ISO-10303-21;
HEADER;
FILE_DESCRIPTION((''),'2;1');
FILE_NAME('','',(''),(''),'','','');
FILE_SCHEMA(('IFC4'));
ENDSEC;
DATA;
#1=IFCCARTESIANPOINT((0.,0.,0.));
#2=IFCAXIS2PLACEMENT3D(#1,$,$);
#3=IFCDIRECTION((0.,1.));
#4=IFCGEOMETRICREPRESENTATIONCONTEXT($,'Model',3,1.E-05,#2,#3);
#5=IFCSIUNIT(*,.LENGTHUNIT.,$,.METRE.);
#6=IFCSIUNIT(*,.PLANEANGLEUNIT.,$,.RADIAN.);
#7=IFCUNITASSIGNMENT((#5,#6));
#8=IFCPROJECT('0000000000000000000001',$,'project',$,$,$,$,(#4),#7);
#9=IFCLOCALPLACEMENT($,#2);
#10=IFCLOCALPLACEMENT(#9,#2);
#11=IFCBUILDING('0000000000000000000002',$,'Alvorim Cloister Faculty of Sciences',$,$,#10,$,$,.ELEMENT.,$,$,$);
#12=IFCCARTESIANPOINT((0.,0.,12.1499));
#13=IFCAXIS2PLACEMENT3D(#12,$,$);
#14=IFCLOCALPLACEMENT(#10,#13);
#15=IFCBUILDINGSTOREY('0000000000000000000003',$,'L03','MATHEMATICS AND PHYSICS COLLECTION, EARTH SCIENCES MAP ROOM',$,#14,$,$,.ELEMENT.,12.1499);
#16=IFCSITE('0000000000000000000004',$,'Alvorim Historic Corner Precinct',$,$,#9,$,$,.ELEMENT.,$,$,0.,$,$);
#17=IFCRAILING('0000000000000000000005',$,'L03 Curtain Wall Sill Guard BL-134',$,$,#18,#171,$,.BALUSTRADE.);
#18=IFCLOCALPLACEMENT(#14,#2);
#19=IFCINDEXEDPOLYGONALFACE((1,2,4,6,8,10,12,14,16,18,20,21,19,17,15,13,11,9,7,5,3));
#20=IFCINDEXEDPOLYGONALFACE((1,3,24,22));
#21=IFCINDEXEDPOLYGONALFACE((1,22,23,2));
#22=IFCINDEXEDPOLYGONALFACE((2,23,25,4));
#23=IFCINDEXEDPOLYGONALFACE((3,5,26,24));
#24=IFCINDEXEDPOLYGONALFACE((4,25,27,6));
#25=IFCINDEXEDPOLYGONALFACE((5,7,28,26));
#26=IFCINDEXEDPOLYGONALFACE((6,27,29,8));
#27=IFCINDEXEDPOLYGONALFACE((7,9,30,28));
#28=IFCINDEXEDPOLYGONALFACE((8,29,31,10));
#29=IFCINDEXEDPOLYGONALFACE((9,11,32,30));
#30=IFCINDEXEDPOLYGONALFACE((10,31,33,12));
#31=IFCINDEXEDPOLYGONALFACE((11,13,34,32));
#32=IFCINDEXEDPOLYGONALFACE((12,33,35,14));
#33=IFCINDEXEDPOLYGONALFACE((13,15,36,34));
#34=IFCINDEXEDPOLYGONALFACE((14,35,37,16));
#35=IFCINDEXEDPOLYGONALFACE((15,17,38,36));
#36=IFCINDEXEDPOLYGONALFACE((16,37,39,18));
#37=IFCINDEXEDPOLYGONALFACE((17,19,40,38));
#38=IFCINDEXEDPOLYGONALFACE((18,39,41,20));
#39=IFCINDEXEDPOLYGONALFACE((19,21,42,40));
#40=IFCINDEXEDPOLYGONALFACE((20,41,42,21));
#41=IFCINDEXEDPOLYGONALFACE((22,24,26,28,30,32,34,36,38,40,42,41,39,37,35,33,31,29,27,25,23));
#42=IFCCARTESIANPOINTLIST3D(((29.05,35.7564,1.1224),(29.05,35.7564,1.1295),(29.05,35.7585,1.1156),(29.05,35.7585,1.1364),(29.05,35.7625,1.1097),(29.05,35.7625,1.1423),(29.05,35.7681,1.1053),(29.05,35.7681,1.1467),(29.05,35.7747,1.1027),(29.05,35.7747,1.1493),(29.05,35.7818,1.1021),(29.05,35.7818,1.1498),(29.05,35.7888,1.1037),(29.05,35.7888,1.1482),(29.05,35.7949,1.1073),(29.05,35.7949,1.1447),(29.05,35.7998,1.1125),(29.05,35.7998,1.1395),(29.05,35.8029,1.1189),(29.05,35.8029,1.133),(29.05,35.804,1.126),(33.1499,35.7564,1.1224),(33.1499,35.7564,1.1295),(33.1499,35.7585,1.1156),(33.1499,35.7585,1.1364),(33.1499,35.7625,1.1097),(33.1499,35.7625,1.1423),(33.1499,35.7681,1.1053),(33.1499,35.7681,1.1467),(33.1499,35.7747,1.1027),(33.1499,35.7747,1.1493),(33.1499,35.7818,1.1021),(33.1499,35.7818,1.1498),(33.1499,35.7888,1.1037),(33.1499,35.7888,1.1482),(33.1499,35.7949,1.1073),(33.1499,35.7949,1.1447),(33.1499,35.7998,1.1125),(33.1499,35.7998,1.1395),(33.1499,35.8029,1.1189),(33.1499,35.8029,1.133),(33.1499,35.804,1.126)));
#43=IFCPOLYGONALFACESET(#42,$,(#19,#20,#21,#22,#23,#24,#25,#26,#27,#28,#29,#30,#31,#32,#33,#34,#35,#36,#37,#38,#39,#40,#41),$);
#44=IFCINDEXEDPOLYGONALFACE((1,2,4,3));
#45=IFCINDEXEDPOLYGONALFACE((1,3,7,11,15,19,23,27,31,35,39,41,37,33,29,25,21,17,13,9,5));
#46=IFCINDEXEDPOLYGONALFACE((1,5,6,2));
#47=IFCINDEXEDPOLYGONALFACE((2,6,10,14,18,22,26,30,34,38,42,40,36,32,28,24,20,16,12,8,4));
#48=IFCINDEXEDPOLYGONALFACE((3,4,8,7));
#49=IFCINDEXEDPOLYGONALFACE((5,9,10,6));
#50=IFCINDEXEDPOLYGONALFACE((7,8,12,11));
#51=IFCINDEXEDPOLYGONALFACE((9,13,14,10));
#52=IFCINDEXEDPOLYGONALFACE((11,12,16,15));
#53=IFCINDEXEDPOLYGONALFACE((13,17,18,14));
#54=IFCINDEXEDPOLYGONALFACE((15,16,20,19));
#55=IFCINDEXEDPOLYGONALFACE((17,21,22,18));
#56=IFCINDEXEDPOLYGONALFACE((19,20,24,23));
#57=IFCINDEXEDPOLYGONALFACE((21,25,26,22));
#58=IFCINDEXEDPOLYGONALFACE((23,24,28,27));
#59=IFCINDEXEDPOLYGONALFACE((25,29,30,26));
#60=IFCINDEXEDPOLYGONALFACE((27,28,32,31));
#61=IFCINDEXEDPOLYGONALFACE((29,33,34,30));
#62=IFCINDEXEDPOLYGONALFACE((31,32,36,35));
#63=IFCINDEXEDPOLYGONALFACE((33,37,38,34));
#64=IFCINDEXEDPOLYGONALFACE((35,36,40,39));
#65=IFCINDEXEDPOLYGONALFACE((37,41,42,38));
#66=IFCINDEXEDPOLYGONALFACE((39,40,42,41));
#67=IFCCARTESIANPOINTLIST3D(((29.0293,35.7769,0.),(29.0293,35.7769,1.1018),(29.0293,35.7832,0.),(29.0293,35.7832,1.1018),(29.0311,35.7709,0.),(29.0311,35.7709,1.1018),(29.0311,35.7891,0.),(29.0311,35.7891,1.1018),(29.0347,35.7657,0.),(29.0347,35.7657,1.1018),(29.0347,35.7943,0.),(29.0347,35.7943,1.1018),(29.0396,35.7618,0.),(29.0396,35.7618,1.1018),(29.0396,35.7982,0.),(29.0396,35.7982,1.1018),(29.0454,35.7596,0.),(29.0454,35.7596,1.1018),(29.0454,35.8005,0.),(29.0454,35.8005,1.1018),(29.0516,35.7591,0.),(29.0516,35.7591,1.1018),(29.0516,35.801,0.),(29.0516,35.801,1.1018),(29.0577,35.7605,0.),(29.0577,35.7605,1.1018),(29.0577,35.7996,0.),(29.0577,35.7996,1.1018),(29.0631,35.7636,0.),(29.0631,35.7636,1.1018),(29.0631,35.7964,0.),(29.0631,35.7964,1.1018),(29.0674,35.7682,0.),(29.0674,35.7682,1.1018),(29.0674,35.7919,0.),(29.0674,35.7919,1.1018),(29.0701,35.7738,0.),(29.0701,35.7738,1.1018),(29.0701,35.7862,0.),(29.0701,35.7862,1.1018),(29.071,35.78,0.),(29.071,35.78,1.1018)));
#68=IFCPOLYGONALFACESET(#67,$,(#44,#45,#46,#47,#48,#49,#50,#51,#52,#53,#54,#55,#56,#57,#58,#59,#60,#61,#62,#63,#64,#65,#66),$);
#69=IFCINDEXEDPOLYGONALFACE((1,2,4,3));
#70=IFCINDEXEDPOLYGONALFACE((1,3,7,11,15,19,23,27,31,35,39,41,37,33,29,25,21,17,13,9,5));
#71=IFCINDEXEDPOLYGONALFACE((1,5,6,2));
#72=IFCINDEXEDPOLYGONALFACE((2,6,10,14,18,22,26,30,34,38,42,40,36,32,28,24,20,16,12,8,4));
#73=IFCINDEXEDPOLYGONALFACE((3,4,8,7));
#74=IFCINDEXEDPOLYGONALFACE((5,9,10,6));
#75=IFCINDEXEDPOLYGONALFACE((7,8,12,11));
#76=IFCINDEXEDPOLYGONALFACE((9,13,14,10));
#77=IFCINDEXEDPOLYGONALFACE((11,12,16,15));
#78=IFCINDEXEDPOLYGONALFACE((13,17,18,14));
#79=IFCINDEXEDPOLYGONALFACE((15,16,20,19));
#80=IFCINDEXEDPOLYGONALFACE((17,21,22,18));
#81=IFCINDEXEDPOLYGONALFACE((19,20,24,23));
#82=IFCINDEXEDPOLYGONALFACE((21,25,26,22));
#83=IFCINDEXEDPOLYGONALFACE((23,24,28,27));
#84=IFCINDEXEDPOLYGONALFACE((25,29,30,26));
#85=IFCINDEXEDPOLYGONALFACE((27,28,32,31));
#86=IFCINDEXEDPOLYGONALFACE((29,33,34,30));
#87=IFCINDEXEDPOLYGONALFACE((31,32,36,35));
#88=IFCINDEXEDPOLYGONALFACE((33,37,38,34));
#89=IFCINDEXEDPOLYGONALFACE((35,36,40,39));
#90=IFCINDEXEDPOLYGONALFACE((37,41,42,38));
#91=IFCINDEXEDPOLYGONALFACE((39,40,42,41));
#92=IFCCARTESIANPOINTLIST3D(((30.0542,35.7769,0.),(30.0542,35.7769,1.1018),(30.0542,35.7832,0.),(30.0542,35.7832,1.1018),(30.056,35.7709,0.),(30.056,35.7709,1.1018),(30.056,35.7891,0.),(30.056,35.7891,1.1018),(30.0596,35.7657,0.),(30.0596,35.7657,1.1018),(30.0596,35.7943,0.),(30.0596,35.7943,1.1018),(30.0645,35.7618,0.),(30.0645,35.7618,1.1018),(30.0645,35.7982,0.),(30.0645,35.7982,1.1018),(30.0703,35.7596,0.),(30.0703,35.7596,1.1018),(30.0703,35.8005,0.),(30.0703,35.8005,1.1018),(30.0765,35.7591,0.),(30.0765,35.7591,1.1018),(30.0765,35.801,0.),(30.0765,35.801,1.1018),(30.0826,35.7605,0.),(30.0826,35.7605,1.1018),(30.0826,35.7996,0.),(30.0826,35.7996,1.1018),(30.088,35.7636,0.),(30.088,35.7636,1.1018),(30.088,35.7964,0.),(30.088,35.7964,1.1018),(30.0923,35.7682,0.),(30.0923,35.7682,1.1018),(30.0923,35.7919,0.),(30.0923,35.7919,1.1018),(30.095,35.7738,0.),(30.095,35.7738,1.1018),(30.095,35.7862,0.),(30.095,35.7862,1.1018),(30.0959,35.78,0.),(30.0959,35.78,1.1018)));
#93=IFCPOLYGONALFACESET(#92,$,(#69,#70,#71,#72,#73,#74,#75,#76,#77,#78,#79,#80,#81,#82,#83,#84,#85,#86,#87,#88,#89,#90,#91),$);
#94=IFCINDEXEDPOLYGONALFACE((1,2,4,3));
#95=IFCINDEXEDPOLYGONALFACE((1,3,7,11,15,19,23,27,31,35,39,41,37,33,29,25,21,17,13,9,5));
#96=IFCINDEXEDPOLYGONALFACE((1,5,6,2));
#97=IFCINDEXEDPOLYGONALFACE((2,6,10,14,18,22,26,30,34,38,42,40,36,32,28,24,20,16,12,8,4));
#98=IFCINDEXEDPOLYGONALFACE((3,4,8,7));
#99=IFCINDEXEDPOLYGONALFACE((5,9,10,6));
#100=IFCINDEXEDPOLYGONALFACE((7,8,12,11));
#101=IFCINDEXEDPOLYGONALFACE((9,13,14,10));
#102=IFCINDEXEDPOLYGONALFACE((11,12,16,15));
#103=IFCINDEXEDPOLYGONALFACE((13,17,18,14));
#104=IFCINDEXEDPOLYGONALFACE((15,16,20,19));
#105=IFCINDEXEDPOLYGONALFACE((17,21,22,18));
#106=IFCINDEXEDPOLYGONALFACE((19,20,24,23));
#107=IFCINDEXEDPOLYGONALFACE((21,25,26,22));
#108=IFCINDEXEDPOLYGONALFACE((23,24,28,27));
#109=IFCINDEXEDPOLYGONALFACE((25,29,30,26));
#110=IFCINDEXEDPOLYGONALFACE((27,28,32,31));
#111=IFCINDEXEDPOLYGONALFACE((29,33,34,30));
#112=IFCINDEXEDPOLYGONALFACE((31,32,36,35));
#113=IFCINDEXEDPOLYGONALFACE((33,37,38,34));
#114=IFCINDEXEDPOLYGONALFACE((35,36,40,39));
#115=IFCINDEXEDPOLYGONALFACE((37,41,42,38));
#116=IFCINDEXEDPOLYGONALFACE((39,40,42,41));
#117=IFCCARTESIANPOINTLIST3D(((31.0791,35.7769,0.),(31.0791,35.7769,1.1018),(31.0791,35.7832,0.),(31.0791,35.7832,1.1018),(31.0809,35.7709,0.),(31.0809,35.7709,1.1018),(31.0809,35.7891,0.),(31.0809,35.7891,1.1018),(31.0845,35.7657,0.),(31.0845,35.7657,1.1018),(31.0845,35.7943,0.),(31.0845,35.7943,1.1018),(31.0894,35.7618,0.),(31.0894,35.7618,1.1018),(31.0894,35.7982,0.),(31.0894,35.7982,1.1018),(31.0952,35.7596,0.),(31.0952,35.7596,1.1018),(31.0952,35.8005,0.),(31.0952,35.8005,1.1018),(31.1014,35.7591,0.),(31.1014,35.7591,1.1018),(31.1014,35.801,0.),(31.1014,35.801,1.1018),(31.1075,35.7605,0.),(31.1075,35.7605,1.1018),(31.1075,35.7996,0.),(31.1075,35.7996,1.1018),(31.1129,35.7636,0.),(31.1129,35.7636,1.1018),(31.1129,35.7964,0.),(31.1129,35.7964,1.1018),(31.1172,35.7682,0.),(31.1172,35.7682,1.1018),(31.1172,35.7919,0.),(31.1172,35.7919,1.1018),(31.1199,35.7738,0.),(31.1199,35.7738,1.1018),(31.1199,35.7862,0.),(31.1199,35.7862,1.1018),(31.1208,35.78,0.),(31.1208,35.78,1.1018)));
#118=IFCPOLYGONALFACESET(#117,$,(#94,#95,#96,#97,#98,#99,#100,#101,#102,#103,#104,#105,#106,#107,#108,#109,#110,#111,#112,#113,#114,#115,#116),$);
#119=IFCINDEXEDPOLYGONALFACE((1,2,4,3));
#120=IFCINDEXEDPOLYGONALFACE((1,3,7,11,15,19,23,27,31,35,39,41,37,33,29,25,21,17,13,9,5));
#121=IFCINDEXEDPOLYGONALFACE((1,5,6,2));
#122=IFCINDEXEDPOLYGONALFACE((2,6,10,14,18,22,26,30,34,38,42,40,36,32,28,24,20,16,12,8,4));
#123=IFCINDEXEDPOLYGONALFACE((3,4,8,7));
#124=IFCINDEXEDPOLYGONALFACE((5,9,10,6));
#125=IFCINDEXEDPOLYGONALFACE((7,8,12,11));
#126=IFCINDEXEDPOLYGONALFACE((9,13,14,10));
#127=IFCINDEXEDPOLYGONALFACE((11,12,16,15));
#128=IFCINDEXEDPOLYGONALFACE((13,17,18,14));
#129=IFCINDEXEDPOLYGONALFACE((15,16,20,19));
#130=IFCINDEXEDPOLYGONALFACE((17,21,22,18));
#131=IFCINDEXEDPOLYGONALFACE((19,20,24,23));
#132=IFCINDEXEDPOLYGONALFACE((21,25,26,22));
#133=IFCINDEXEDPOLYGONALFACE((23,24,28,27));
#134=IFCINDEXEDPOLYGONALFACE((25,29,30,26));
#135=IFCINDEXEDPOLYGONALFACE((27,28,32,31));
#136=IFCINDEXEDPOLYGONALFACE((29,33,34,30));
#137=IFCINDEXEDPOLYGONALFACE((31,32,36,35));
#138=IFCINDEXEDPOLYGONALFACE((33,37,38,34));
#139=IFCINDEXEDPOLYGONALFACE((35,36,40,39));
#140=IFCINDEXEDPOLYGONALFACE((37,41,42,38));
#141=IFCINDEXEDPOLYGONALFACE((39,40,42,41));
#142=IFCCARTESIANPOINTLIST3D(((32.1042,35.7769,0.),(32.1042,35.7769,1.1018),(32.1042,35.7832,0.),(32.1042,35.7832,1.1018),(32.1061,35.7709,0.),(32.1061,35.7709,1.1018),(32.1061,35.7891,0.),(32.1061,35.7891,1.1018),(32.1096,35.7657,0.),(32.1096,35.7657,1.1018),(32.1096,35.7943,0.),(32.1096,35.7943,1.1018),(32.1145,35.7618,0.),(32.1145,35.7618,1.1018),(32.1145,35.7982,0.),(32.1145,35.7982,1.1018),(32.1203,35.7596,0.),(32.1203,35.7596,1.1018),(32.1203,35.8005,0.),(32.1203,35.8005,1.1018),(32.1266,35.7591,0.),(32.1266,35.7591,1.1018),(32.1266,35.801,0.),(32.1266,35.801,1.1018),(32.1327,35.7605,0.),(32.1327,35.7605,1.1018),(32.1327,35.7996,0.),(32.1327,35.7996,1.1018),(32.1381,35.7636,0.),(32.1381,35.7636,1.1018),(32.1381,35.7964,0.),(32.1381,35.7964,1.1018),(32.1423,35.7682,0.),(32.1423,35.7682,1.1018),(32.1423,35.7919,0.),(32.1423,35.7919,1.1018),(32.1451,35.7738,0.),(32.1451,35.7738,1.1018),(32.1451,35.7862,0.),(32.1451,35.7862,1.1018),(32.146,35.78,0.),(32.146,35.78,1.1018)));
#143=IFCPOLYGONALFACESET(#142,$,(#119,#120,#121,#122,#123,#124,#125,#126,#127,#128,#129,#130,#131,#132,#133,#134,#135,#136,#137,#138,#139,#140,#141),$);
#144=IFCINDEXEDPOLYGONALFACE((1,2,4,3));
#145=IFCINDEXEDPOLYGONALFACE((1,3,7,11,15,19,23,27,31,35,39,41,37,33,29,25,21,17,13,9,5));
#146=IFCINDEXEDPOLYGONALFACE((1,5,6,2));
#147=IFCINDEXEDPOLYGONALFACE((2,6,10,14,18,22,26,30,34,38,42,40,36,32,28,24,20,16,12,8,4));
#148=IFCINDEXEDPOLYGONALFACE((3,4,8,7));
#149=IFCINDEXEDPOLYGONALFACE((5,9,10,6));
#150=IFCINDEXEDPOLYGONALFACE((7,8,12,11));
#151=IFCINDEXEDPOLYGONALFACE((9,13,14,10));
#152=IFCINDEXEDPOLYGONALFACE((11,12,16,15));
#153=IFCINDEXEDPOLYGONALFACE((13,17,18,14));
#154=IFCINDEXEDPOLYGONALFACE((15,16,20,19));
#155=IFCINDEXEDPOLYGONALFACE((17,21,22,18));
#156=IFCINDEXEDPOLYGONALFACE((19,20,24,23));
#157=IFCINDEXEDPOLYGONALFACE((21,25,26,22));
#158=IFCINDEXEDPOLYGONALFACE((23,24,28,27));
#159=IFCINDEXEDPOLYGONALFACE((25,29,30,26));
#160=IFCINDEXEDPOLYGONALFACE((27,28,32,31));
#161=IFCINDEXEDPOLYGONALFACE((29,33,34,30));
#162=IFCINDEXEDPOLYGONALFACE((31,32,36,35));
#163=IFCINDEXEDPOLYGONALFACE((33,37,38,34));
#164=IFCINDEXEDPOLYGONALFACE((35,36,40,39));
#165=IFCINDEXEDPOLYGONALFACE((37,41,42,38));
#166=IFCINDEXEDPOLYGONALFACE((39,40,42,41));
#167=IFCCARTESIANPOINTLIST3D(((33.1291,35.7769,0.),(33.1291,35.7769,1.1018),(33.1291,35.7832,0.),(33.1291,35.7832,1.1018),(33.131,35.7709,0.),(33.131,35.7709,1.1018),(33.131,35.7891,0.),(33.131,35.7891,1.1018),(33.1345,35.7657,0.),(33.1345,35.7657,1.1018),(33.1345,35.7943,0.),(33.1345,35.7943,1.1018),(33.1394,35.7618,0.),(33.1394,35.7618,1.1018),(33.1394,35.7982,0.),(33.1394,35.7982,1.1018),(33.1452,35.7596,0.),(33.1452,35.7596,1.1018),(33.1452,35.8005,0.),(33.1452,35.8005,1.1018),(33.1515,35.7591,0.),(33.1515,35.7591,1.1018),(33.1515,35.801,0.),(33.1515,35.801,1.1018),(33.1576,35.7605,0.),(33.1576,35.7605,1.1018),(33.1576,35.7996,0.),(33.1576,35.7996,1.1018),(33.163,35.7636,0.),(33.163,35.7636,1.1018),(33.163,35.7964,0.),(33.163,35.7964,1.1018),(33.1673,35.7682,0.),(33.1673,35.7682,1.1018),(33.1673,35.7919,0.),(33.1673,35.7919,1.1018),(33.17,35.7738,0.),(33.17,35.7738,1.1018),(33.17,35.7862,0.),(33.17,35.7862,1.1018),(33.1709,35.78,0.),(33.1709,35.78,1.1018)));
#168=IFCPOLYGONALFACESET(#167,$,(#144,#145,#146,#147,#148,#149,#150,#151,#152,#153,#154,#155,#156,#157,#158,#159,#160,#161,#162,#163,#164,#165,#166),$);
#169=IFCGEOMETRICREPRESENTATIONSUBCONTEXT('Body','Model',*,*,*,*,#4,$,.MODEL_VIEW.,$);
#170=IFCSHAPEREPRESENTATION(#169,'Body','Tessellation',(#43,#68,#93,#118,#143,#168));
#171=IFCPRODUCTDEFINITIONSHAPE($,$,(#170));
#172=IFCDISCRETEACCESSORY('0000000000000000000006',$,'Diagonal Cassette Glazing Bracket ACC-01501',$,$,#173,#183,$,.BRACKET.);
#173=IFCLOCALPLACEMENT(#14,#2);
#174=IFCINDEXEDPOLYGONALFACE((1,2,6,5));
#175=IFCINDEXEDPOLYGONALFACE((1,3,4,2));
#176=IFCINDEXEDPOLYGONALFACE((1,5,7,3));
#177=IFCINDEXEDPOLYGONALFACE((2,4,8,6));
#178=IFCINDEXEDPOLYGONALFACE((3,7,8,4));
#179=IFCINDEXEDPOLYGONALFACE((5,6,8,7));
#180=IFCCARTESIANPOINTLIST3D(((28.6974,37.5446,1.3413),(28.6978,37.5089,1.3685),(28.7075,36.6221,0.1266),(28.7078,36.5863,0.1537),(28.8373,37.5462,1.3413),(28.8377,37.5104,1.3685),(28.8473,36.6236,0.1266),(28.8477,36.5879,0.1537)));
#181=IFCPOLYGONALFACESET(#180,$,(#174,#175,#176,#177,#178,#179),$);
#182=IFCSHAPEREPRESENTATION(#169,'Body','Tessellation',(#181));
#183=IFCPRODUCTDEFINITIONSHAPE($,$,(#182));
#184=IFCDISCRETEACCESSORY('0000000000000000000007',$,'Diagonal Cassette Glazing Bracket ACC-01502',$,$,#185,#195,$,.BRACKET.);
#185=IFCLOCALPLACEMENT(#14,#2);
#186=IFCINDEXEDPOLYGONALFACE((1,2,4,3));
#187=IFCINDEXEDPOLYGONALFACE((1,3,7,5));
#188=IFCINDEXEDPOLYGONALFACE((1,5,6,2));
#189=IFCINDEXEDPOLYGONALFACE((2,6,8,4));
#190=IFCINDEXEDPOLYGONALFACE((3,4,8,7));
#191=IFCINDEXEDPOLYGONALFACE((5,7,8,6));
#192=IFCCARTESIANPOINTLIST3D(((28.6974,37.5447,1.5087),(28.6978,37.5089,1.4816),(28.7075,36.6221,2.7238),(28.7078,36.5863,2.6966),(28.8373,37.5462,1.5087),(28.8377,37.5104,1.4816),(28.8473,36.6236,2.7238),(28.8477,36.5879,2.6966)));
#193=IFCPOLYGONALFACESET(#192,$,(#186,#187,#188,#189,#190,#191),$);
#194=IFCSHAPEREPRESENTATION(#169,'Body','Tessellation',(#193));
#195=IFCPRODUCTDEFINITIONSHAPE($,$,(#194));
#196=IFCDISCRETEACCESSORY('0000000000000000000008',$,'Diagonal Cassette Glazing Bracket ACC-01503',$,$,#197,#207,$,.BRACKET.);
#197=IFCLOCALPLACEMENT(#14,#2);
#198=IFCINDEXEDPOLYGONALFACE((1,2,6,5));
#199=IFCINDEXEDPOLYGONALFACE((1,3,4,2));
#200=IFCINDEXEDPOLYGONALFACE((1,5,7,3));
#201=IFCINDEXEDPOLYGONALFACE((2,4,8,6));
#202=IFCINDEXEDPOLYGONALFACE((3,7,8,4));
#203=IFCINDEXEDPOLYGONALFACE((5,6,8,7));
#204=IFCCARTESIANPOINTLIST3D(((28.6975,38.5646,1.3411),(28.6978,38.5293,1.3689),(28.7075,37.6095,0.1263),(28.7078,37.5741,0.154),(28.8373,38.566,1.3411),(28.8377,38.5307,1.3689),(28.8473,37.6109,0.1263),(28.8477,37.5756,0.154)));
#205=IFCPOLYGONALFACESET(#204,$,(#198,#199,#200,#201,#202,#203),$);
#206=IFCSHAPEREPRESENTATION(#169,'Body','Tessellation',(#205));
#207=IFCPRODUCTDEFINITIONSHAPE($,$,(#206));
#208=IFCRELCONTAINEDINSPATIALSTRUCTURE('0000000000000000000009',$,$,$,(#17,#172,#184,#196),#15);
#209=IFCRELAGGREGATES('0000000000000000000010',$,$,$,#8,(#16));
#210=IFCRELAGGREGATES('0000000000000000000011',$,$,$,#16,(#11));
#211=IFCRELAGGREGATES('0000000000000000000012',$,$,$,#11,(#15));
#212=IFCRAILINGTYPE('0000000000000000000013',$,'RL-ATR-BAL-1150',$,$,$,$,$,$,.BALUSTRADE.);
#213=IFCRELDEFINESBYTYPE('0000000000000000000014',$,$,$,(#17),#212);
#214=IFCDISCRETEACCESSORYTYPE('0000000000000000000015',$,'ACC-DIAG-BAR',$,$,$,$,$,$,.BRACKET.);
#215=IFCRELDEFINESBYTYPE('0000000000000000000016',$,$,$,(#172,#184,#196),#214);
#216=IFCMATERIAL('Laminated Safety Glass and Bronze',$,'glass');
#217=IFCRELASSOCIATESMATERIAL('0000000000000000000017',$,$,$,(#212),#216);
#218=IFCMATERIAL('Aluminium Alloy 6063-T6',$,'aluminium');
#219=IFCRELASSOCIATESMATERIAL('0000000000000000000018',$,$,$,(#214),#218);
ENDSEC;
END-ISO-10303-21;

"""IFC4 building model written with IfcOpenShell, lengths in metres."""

from ifc_helpers import new_model, si_unit, direction, frame, origin, origin_2d, place, context, subcontext, project, spatial, rectangle, circle, extrude, material, type_object, element, save


model = new_model("IFC4")

# Units and contexts
model_context = context("Model", 3, precision=1e-05, world=origin(), true_north=direction((0.0, 1.0)))
body_context = subcontext(model_context, "Body", "Model", "MODEL_VIEW")
ifc_project = project(units=[si_unit("LENGTHUNIT", "METRE"), si_unit("PLANEANGLEUNIT", "RADIAN")], contexts=[model_context])

# Site, building, storey
site_placement = place(None, origin())
site = spatial("IfcSite", under=ifc_project, at=site_placement, Name="Alvorim Historic Corner Precinct", CompositionType="ELEMENT", RefElevation=0.0)
building_placement = place(site_placement, origin())
building = spatial("IfcBuilding", under=site, at=building_placement, Name="Alvorim Cloister Faculty of Sciences", CompositionType="ELEMENT")
storey_placement = place(building_placement, frame((0.0, 0.0, 12.1499)))
storey = spatial("IfcBuildingStorey", under=building, at=storey_placement, Name="L03", Description="MATHEMATICS AND PHYSICS COLLECTION, EARTH SCIENCES MAP ROOM", CompositionType="ELEMENT", Elevation=12.1499)

# Shared definitions
ifc_material_1 = material(Name="Aluminium Alloy 6063-T6", Category="aluminium")

# Railing
ifc_material_2 = material(Name="Laminated Safety Glass and Bronze", Category="glass")
railing_type = type_object("IfcRailingType", Name="RL-ATR-BAL-1150", PredefinedType="BALUSTRADE", material=ifc_material_2)
railing_1_placement = place(storey_placement, frame((29.05, 35.78, 0.0)))
element("IfcRailing", 1, at=railing_1_placement, inside=storey, type_object=railing_type, Name="L03 Curtain Wall Sill Guard BL-134", PredefinedType="BALUSTRADE", context=body_context, shape_type="SweptSolid", body=[
    extrude(circle(Radius=0.0239, at=origin_2d()), frame((0.0, 0.0, 1.126), z_axis=(1.0, 0.0, 0.0), x_axis=(0.0, 1.0, 0.0)), (0.0, 0.0, 1.0), 4.0999),
    extrude(circle(Radius=0.021, at=origin_2d()), origin(), (0.0, 0.0, 1.0), 1.1018),
    extrude(circle(Radius=0.021, at=origin_2d()), frame((1.0249, 0.0, 0.0)), (0.0, 0.0, 1.0), 1.1018),
    extrude(circle(Radius=0.021, at=origin_2d()), frame((2.0498, 0.0, 0.0)), (0.0, 0.0, 1.0), 1.1018),
    extrude(circle(Radius=0.021, at=origin_2d()), frame((3.075, 0.0, 0.0)), (0.0, 0.0, 1.0), 1.1018),
    extrude(circle(Radius=0.021, at=origin_2d()), frame((4.0999, 0.0, 0.0)), (0.0, 0.0, 1.0), 1.1018),
])

# Discrete accessories
discrete_accessory_type = type_object("IfcDiscreteAccessoryType", Name="ACC-DIAG-BAR", PredefinedType="BRACKET", material=ifc_material_1)
discrete_accessory_1_placement = place(storey_placement, frame((28.7776, 36.605, 0.1401), z_axis=(-0.006562, 0.60479, 0.796358), x_axis=(-0.999941, -0.010849, 0.0)))
element("IfcDiscreteAccessory", 2, at=discrete_accessory_1_placement, inside=storey, type_object=discrete_accessory_type, Name="Diagonal Cassette Glazing Bracket ACC-01501", PredefinedType="BRACKET", context=body_context, shape_type="SweptSolid", body=[
    extrude(rectangle(XDim=0.1399, YDim=0.0449, at=origin_2d()), origin(), (0.0, 0.0, 1.0), 1.5254),
])
discrete_accessory_2_placement = place(storey_placement, frame((28.7776, 36.605, 2.7102), z_axis=(-0.006561, 0.604713, -0.796416), x_axis=(-0.999941, -0.010849, 0.0)))
element("IfcDiscreteAccessory", 3, at=discrete_accessory_2_placement, inside=storey, type_object=discrete_accessory_type, Name="Diagonal Cassette Glazing Bracket ACC-01502", PredefinedType="BRACKET", context=body_context, shape_type="SweptSolid", body=[
    extrude(rectangle(XDim=0.1399, YDim=0.0449, at=origin_2d()), origin(), (0.0, 0.0, 1.0), 1.5256),
])
discrete_accessory_3_placement = place(storey_placement, frame((28.7776, 37.5925, 0.1401), z_axis=(-0.006477, 0.618032, 0.786126), x_axis=(-0.999945, -0.01048, 0.0)))
element("IfcDiscreteAccessory", 4, at=discrete_accessory_3_placement, inside=storey, type_object=discrete_accessory_type, Name="Diagonal Cassette Glazing Bracket ACC-01503", PredefinedType="BRACKET", context=body_context, shape_type="SweptSolid", body=[
    extrude(rectangle(XDim=0.1399, YDim=0.0449, at=origin_2d()), origin(), (0.0, 0.0, 1.0), 1.5454),
])

save(model, "model.ifc")
